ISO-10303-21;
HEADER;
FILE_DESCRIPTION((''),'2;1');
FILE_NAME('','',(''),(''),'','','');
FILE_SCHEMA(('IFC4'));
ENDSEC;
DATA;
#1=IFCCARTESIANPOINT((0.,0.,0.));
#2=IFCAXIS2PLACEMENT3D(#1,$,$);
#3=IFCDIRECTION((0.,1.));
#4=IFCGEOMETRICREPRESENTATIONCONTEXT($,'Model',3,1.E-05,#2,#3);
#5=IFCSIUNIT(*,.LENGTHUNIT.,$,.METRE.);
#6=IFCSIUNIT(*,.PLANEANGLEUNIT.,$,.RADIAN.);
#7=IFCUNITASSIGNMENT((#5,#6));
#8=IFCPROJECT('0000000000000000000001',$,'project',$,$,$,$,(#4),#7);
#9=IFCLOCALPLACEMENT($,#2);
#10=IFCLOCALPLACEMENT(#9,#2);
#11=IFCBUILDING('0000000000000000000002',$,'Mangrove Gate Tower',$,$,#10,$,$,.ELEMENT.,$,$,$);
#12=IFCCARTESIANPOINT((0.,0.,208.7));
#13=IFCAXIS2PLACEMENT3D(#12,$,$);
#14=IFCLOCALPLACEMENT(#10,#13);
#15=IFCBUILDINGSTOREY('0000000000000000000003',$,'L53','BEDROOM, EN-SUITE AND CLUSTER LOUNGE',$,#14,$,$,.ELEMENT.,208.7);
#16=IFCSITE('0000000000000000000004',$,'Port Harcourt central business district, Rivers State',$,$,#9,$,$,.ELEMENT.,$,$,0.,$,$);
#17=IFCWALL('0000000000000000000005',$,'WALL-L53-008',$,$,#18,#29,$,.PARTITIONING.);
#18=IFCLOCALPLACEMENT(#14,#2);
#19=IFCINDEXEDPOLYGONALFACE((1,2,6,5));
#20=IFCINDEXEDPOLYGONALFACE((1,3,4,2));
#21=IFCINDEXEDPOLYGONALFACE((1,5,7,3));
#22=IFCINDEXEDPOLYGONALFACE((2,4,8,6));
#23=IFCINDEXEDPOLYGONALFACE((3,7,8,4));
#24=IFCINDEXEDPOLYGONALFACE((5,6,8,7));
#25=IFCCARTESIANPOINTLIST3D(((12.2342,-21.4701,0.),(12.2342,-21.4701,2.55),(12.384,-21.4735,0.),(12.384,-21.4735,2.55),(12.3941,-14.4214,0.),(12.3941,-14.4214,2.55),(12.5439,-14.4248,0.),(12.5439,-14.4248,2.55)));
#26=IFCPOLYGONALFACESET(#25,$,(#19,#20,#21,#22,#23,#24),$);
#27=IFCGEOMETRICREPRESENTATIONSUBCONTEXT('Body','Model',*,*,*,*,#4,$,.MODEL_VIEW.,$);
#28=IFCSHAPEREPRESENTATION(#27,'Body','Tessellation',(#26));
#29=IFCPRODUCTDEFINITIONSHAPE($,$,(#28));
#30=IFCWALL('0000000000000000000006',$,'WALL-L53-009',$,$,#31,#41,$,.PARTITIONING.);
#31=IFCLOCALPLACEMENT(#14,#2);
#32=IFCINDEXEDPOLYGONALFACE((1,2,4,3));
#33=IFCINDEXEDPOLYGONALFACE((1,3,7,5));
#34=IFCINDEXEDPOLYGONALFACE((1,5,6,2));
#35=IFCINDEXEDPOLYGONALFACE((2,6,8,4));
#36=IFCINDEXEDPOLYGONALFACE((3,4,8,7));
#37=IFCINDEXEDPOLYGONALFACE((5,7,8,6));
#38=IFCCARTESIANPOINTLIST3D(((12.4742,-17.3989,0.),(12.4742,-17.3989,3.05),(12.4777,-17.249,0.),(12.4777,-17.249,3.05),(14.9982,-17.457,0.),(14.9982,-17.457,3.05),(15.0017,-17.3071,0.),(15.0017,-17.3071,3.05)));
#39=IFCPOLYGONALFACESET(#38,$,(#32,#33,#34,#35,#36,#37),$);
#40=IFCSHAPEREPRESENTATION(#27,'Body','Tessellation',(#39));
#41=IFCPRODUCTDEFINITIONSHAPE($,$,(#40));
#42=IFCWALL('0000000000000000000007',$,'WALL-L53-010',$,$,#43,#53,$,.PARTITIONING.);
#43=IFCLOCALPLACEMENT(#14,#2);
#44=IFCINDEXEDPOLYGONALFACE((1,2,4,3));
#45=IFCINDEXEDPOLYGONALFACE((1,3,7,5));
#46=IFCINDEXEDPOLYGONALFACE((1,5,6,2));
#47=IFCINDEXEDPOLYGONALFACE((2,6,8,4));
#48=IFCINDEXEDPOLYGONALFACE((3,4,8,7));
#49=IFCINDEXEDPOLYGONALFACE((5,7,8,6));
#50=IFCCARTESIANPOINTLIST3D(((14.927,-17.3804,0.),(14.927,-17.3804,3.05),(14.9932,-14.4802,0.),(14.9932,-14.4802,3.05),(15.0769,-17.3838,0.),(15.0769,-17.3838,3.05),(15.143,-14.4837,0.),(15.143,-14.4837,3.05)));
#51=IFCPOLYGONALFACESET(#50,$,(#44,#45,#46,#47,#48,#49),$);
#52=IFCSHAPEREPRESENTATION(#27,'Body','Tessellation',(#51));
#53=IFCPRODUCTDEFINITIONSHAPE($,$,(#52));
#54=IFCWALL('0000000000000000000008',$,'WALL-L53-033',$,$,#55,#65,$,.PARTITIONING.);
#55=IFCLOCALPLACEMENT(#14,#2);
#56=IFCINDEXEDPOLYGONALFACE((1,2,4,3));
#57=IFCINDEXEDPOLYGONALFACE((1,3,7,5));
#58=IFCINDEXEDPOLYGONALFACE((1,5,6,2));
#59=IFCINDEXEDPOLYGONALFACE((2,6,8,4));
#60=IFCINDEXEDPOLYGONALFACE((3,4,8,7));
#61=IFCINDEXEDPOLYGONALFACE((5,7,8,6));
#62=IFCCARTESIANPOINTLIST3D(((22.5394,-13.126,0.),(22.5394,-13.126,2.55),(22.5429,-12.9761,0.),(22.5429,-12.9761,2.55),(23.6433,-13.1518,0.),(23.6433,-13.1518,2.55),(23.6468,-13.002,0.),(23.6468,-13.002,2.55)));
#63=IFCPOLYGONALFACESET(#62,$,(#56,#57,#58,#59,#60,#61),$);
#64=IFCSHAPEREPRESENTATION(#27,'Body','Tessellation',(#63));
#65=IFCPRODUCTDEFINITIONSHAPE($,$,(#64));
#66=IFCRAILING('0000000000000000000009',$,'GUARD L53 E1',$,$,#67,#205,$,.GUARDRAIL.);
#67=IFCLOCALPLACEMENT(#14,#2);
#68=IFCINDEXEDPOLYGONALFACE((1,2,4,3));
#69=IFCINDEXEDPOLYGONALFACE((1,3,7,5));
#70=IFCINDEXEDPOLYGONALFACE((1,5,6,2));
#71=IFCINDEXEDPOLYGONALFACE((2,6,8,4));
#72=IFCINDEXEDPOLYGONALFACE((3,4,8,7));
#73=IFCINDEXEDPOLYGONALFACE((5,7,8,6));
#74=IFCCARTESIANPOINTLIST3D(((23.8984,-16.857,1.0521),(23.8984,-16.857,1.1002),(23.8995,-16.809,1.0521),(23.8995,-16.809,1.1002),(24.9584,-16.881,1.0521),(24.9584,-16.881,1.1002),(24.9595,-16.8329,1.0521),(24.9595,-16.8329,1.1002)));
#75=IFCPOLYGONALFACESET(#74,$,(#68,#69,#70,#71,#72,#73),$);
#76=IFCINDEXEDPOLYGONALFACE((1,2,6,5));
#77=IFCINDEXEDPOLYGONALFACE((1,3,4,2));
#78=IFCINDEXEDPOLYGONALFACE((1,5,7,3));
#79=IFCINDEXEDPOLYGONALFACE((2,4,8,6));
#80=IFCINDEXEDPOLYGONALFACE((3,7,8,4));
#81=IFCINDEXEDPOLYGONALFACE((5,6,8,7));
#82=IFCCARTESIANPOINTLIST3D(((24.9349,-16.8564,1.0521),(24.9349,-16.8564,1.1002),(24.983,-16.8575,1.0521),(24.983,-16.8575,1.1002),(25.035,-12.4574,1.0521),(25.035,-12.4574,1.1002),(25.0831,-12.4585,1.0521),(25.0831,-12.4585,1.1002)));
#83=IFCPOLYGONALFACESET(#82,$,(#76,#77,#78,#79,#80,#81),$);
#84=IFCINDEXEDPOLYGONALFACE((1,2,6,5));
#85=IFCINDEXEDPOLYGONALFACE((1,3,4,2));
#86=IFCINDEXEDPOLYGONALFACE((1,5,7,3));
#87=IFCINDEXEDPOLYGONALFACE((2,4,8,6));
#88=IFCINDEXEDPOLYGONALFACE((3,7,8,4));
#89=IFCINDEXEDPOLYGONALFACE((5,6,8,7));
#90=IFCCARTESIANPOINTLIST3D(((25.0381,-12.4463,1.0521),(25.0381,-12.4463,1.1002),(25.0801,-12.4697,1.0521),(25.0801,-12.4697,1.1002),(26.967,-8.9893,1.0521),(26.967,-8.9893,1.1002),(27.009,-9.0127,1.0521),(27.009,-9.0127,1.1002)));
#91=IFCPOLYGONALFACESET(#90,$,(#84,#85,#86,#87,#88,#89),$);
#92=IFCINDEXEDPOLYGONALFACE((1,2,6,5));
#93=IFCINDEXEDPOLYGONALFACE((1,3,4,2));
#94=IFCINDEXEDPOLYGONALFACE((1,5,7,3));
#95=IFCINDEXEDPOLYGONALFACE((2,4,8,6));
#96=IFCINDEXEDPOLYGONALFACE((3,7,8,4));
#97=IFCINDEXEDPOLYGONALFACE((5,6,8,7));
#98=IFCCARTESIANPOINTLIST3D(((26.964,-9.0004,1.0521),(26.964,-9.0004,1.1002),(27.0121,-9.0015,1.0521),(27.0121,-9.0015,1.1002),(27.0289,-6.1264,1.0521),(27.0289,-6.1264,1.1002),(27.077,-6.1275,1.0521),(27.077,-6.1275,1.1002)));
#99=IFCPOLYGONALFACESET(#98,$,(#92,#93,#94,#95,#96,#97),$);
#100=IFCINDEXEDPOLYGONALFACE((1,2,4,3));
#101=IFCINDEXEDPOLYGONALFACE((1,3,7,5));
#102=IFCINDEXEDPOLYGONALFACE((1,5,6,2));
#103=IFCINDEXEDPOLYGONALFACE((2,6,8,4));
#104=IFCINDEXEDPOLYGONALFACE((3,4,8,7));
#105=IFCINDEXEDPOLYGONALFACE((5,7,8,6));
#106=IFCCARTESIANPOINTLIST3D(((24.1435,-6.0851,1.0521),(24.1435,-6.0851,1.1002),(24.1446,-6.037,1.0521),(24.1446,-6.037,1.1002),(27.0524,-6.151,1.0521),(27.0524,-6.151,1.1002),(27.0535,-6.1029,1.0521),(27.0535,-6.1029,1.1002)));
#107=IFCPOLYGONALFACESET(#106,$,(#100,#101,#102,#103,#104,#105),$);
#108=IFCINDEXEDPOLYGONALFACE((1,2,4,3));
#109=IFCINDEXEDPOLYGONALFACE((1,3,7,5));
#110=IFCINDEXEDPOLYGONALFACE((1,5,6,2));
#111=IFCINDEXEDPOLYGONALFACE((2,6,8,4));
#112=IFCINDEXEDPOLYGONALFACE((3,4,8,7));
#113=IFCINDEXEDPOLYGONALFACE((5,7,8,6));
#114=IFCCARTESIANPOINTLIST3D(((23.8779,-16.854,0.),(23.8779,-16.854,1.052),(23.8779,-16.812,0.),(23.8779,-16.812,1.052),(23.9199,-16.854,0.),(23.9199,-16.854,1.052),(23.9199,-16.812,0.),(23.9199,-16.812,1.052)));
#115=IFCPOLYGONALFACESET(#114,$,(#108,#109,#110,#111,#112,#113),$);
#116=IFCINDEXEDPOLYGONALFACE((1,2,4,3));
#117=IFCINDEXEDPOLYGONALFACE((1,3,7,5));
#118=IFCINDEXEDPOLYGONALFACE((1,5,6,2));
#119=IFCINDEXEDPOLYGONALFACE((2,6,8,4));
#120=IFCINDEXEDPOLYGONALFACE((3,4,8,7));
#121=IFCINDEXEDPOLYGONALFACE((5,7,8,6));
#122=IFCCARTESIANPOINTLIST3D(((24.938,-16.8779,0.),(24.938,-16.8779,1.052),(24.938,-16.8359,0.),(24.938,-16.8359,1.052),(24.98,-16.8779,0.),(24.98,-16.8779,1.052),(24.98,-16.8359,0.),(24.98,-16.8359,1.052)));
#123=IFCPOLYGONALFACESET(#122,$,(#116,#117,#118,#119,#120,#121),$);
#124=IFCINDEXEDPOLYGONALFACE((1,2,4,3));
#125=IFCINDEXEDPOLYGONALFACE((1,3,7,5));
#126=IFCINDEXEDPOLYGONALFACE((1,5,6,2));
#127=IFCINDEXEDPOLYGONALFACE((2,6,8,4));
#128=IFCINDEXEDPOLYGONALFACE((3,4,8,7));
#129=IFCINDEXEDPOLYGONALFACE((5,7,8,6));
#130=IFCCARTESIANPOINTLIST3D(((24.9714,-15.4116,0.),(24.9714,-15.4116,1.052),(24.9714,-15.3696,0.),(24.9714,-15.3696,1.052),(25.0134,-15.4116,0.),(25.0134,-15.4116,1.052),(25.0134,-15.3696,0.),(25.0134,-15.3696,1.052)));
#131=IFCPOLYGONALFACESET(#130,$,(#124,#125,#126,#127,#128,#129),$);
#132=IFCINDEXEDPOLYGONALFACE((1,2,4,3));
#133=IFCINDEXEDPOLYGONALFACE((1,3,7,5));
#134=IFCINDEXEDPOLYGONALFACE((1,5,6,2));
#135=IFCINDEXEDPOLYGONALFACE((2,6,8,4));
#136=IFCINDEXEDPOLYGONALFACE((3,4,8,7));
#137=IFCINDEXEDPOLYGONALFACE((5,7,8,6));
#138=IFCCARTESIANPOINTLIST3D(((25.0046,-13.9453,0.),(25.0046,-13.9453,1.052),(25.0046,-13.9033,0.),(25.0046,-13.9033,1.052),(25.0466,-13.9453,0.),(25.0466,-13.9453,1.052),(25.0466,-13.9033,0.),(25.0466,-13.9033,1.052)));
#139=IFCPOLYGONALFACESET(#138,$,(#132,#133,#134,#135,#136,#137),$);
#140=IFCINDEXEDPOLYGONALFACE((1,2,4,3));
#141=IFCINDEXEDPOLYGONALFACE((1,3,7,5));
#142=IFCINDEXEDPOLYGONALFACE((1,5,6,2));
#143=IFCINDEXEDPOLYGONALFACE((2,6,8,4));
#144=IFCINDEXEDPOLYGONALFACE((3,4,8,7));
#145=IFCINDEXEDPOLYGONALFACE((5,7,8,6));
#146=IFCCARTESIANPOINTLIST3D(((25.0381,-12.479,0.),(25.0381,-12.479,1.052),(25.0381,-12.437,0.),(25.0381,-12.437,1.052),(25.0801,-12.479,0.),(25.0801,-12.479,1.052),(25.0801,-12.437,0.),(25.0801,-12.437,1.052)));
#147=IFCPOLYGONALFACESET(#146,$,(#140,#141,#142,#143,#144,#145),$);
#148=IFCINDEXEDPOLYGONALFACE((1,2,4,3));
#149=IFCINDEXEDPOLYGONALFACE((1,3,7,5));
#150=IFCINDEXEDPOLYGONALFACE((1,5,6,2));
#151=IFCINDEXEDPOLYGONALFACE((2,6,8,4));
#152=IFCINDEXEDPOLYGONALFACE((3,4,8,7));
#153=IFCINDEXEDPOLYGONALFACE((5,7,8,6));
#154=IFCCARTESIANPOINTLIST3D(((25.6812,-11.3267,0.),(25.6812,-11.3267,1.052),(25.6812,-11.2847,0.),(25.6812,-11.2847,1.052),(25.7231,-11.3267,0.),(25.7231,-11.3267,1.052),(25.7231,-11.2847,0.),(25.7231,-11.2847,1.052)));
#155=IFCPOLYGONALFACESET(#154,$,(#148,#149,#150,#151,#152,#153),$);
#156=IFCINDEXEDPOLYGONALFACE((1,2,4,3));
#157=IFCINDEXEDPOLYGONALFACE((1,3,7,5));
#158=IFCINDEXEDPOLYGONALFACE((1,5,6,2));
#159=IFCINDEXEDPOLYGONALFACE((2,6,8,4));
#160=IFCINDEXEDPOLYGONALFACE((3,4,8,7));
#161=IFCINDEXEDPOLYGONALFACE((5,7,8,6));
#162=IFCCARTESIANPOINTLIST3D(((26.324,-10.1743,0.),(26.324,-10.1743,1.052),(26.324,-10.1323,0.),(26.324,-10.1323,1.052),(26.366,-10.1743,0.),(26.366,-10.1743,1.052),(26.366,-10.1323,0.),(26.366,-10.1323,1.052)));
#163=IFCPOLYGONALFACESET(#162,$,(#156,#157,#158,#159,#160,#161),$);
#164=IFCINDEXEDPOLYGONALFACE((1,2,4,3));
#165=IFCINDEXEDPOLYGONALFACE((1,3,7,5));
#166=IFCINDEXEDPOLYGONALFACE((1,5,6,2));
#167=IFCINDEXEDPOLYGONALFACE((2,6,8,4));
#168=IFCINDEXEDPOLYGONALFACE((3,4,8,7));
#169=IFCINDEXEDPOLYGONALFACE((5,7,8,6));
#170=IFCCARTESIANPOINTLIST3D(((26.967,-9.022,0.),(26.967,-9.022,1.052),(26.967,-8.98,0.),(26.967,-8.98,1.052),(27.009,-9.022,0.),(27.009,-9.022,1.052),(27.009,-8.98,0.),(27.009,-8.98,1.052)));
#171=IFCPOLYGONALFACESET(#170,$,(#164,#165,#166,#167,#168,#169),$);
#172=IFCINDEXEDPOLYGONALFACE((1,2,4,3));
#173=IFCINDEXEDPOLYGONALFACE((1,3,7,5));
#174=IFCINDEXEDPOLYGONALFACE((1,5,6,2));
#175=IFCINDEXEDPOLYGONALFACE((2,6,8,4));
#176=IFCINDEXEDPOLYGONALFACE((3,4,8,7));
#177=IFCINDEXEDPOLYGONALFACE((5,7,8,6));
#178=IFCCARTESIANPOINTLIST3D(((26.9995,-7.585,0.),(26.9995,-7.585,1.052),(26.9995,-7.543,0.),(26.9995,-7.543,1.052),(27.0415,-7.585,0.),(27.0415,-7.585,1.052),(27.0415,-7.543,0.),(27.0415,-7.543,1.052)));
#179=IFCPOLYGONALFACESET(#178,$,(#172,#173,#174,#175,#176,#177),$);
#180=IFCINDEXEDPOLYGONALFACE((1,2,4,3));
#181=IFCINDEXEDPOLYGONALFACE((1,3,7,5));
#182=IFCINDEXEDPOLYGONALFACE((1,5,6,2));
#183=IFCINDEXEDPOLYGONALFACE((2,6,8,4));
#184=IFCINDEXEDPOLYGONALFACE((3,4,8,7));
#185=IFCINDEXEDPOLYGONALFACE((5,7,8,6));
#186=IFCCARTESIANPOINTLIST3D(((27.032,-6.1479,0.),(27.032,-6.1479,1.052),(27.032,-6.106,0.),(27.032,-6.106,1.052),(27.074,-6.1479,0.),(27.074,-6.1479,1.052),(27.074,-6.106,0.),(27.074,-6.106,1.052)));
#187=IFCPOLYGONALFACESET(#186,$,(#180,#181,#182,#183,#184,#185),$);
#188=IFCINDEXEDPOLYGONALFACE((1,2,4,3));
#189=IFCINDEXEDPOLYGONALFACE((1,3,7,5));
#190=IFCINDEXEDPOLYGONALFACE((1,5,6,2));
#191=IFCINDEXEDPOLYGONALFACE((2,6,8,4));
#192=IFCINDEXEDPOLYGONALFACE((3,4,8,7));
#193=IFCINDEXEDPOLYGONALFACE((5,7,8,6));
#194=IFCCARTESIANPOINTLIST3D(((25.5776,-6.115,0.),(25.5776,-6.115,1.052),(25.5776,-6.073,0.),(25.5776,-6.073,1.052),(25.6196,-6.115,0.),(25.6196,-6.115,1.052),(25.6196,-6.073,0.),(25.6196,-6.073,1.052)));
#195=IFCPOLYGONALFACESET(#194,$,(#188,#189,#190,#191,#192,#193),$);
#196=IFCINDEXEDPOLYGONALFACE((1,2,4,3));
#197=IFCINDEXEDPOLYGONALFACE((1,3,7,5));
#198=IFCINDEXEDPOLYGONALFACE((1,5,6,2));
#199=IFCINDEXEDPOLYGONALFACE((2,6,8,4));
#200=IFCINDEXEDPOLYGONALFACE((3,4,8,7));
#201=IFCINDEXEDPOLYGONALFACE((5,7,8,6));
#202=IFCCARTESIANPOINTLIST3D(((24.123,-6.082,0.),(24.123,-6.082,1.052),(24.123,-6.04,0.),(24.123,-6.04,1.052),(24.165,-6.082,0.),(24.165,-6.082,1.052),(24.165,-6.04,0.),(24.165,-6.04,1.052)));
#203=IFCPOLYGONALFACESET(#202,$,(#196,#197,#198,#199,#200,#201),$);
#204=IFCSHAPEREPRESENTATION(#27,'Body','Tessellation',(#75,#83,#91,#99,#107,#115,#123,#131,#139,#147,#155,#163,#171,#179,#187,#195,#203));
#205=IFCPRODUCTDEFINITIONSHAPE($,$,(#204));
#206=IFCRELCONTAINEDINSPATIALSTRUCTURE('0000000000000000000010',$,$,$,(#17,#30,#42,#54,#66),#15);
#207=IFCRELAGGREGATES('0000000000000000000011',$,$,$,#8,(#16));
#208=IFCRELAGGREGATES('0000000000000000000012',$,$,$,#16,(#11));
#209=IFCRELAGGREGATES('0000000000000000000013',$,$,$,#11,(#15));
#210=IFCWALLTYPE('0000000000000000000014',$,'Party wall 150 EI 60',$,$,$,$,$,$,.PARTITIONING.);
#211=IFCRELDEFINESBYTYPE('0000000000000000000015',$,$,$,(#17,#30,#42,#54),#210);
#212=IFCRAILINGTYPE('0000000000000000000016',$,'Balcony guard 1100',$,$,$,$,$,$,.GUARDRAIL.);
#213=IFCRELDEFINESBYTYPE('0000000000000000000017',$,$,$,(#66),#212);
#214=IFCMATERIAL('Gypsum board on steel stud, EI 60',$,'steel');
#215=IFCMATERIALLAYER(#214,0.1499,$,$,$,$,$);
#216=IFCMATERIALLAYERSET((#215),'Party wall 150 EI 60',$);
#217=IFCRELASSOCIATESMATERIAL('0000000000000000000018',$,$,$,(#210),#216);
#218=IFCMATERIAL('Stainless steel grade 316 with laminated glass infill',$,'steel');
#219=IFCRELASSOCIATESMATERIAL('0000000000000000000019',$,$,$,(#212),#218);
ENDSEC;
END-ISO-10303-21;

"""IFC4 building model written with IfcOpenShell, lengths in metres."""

from ifc_helpers import new_model, si_unit, direction, frame, frame_2d, origin, origin_2d, place, context, subcontext, project, spatial, rectangle, extrude, material, layer, layer_set, type_object, element, save


model = new_model("IFC4")

# Units and contexts
model_context = context("Model", 3, precision=1e-05, world=origin(), true_north=direction((0.0, 1.0)))
body_context = subcontext(model_context, "Body", "Model", "MODEL_VIEW")
ifc_project = project(units=[si_unit("LENGTHUNIT", "METRE"), si_unit("PLANEANGLEUNIT", "RADIAN")], contexts=[model_context])

# Site, building, storey
site_placement = place(None, origin())
site = spatial("IfcSite", under=ifc_project, at=site_placement, Name="Port Harcourt central business district, Rivers State", CompositionType="ELEMENT", RefElevation=0.0)
building_placement = place(site_placement, origin())
building = spatial("IfcBuilding", under=site, at=building_placement, Name="Mangrove Gate Tower", CompositionType="ELEMENT")
storey_placement = place(building_placement, frame((0.0, 0.0, 208.7)))
storey = spatial("IfcBuildingStorey", under=building, at=storey_placement, Name="L53", Description="BEDROOM, EN-SUITE AND CLUSTER LOUNGE", CompositionType="ELEMENT", Elevation=208.7)

# Walls
ifc_material_1 = material(Name="Gypsum board on steel stud, EI 60", Category="steel")
ifc_layer_1 = layer(ifc_material_1, 0.1499)
ifc_layer_set_1 = layer_set([ifc_layer_1], Name="Party wall 150 EI 60")
wall_type_1 = type_object("IfcWallType", Name="Party wall 150 EI 60", PredefinedType="PARTITIONING", material=ifc_layer_set_1)
wall_1_placement = place(storey_placement, frame((12.3091, -21.4719, 0.0), z_axis=(0.0, 0.0, 1.0), x_axis=(0.022681, 0.999743, 0.0)))
element("IfcWall", 1, at=wall_1_placement, inside=storey, type_object=wall_type_1, Name="WALL-L53-008", PredefinedType="PARTITIONING", context=body_context, shape_type="SweptSolid", body=[
    extrude(rectangle(XDim=7.0505, YDim=0.1499, at=frame_2d((3.5254, 0.0))), origin(), (0.0, 0.0, 1.0), 2.55),
])
wall_2_placement = place(storey_placement, frame((12.4761, -17.324, 0.0), z_axis=(0.0, 0.0, 1.0), x_axis=(0.999735, -0.023016, 0.0)))
element("IfcWall", 2, at=wall_2_placement, inside=storey, type_object=wall_type_1, Name="WALL-L53-009", PredefinedType="PARTITIONING", context=body_context, shape_type="SweptSolid", body=[
    extrude(rectangle(XDim=2.5247, YDim=0.1499, at=frame_2d((1.2622, 0.0))), origin(), (0.0, 0.0, 1.0), 3.05),
])
wall_3_placement = place(storey_placement, frame((15.002, -17.3821, 0.0), z_axis=(0.0, 0.0, 1.0), x_axis=(0.022807, 0.99974, 0.0)))
element("IfcWall", 3, at=wall_3_placement, inside=storey, type_object=wall_type_1, Name="WALL-L53-010", PredefinedType="PARTITIONING", context=body_context, shape_type="SweptSolid", body=[
    extrude(rectangle(XDim=2.9009, YDim=0.1499, at=frame_2d((1.4504, 0.0))), origin(), (0.0, 0.0, 1.0), 3.05),
])
wall_4_placement = place(storey_placement, frame((22.541, -13.051, 0.0), z_axis=(0.0, 0.0, 1.0), x_axis=(0.999725, -0.023435, 0.0)))
element("IfcWall", 4, at=wall_4_placement, inside=storey, type_object=wall_type_1, Name="WALL-L53-033", PredefinedType="PARTITIONING", context=body_context, shape_type="SweptSolid", body=[
    extrude(rectangle(XDim=1.1042, YDim=0.1499, at=frame_2d((0.5522, 0.0))), origin(), (0.0, 0.0, 1.0), 2.55),
])

# Railing
ifc_material_2 = material(Name="Stainless steel grade 316 with laminated glass infill", Category="steel")
railing_type = type_object("IfcRailingType", Name="Balcony guard 1100", PredefinedType="GUARDRAIL", material=ifc_material_2)
railing_placement = place(storey_placement, frame((23.8989, -16.833, 0.0)))
element("IfcRailing", 5, at=railing_placement, inside=storey, type_object=railing_type, Name="GUARD L53 E1", PredefinedType="GUARDRAIL", context=body_context, shape_type="SweptSolid", body=[
    extrude(rectangle(XDim=0.0481, YDim=0.0481, at=origin_2d()), frame((0.0, 0.0, 1.0762), z_axis=(0.999745, -0.022564, 0.0), x_axis=(0.022564, 0.999745, 0.0)), (0.0, 0.0, 1.0), 1.0603),
    extrude(rectangle(XDim=0.0481, YDim=0.0481, at=origin_2d()), frame((1.0601, -0.0239, 1.0762), z_axis=(0.022749, 0.999741, 0.0), x_axis=(-0.999741, 0.022749, 0.0)), (0.0, 0.0, 1.0), 4.4001),
    extrude(rectangle(XDim=0.0481, YDim=0.0481, at=origin_2d()), frame((1.1602, 4.375, 1.0762), z_axis=(0.48726, 0.873257, 0.0), x_axis=(-0.873257, 0.48726, 0.0)), (0.0, 0.0, 1.0), 3.9587),
    extrude(rectangle(XDim=0.0481, YDim=0.0481, at=origin_2d()), frame((3.0891, 7.832, 1.0762), z_axis=(0.02259, 0.999745, 0.0), x_axis=(-0.999745, 0.02259, 0.0)), (0.0, 0.0, 1.0), 2.8748),
    extrude(rectangle(XDim=0.0481, YDim=0.0481, at=origin_2d()), frame((3.1541, 10.7061, 1.0762), z_axis=(-0.999743, 0.022655, 0.0), x_axis=(-0.022655, -0.999743, 0.0)), (0.0, 0.0, 1.0), 2.9097),
    extrude(rectangle(XDim=0.042, YDim=0.042, at=origin_2d()), origin(), (0.0, 0.0, 1.0), 1.052),
    extrude(rectangle(XDim=0.042, YDim=0.042, at=origin_2d()), frame((1.0601, -0.0239, 0.0)), (0.0, 0.0, 1.0), 1.052),
    extrude(rectangle(XDim=0.042, YDim=0.042, at=origin_2d()), frame((1.0935, 1.4424, 0.0)), (0.0, 0.0, 1.0), 1.052),
    extrude(rectangle(XDim=0.042, YDim=0.042, at=origin_2d()), frame((1.1267, 2.9087, 0.0)), (0.0, 0.0, 1.0), 1.052),
    extrude(rectangle(XDim=0.042, YDim=0.042, at=origin_2d()), frame((1.1602, 4.375, 0.0)), (0.0, 0.0, 1.0), 1.052),
    extrude(rectangle(XDim=0.042, YDim=0.042, at=origin_2d()), frame((1.8032, 5.5273, 0.0)), (0.0, 0.0, 1.0), 1.052),
    extrude(rectangle(XDim=0.042, YDim=0.042, at=origin_2d()), frame((2.446, 6.6797, 0.0)), (0.0, 0.0, 1.0), 1.052),
    extrude(rectangle(XDim=0.042, YDim=0.042, at=origin_2d()), frame((3.0891, 7.832, 0.0)), (0.0, 0.0, 1.0), 1.052),
    extrude(rectangle(XDim=0.042, YDim=0.042, at=origin_2d()), frame((3.1216, 9.269, 0.0)), (0.0, 0.0, 1.0), 1.052),
    extrude(rectangle(XDim=0.042, YDim=0.042, at=origin_2d()), frame((3.1541, 10.7061, 0.0)), (0.0, 0.0, 1.0), 1.052),
    extrude(rectangle(XDim=0.042, YDim=0.042, at=origin_2d()), frame((1.6997, 10.739, 0.0)), (0.0, 0.0, 1.0), 1.052),
    extrude(rectangle(XDim=0.042, YDim=0.042, at=origin_2d()), frame((0.2451, 10.772, 0.0)), (0.0, 0.0, 1.0), 1.052),
])

save(model, "model.ifc")
